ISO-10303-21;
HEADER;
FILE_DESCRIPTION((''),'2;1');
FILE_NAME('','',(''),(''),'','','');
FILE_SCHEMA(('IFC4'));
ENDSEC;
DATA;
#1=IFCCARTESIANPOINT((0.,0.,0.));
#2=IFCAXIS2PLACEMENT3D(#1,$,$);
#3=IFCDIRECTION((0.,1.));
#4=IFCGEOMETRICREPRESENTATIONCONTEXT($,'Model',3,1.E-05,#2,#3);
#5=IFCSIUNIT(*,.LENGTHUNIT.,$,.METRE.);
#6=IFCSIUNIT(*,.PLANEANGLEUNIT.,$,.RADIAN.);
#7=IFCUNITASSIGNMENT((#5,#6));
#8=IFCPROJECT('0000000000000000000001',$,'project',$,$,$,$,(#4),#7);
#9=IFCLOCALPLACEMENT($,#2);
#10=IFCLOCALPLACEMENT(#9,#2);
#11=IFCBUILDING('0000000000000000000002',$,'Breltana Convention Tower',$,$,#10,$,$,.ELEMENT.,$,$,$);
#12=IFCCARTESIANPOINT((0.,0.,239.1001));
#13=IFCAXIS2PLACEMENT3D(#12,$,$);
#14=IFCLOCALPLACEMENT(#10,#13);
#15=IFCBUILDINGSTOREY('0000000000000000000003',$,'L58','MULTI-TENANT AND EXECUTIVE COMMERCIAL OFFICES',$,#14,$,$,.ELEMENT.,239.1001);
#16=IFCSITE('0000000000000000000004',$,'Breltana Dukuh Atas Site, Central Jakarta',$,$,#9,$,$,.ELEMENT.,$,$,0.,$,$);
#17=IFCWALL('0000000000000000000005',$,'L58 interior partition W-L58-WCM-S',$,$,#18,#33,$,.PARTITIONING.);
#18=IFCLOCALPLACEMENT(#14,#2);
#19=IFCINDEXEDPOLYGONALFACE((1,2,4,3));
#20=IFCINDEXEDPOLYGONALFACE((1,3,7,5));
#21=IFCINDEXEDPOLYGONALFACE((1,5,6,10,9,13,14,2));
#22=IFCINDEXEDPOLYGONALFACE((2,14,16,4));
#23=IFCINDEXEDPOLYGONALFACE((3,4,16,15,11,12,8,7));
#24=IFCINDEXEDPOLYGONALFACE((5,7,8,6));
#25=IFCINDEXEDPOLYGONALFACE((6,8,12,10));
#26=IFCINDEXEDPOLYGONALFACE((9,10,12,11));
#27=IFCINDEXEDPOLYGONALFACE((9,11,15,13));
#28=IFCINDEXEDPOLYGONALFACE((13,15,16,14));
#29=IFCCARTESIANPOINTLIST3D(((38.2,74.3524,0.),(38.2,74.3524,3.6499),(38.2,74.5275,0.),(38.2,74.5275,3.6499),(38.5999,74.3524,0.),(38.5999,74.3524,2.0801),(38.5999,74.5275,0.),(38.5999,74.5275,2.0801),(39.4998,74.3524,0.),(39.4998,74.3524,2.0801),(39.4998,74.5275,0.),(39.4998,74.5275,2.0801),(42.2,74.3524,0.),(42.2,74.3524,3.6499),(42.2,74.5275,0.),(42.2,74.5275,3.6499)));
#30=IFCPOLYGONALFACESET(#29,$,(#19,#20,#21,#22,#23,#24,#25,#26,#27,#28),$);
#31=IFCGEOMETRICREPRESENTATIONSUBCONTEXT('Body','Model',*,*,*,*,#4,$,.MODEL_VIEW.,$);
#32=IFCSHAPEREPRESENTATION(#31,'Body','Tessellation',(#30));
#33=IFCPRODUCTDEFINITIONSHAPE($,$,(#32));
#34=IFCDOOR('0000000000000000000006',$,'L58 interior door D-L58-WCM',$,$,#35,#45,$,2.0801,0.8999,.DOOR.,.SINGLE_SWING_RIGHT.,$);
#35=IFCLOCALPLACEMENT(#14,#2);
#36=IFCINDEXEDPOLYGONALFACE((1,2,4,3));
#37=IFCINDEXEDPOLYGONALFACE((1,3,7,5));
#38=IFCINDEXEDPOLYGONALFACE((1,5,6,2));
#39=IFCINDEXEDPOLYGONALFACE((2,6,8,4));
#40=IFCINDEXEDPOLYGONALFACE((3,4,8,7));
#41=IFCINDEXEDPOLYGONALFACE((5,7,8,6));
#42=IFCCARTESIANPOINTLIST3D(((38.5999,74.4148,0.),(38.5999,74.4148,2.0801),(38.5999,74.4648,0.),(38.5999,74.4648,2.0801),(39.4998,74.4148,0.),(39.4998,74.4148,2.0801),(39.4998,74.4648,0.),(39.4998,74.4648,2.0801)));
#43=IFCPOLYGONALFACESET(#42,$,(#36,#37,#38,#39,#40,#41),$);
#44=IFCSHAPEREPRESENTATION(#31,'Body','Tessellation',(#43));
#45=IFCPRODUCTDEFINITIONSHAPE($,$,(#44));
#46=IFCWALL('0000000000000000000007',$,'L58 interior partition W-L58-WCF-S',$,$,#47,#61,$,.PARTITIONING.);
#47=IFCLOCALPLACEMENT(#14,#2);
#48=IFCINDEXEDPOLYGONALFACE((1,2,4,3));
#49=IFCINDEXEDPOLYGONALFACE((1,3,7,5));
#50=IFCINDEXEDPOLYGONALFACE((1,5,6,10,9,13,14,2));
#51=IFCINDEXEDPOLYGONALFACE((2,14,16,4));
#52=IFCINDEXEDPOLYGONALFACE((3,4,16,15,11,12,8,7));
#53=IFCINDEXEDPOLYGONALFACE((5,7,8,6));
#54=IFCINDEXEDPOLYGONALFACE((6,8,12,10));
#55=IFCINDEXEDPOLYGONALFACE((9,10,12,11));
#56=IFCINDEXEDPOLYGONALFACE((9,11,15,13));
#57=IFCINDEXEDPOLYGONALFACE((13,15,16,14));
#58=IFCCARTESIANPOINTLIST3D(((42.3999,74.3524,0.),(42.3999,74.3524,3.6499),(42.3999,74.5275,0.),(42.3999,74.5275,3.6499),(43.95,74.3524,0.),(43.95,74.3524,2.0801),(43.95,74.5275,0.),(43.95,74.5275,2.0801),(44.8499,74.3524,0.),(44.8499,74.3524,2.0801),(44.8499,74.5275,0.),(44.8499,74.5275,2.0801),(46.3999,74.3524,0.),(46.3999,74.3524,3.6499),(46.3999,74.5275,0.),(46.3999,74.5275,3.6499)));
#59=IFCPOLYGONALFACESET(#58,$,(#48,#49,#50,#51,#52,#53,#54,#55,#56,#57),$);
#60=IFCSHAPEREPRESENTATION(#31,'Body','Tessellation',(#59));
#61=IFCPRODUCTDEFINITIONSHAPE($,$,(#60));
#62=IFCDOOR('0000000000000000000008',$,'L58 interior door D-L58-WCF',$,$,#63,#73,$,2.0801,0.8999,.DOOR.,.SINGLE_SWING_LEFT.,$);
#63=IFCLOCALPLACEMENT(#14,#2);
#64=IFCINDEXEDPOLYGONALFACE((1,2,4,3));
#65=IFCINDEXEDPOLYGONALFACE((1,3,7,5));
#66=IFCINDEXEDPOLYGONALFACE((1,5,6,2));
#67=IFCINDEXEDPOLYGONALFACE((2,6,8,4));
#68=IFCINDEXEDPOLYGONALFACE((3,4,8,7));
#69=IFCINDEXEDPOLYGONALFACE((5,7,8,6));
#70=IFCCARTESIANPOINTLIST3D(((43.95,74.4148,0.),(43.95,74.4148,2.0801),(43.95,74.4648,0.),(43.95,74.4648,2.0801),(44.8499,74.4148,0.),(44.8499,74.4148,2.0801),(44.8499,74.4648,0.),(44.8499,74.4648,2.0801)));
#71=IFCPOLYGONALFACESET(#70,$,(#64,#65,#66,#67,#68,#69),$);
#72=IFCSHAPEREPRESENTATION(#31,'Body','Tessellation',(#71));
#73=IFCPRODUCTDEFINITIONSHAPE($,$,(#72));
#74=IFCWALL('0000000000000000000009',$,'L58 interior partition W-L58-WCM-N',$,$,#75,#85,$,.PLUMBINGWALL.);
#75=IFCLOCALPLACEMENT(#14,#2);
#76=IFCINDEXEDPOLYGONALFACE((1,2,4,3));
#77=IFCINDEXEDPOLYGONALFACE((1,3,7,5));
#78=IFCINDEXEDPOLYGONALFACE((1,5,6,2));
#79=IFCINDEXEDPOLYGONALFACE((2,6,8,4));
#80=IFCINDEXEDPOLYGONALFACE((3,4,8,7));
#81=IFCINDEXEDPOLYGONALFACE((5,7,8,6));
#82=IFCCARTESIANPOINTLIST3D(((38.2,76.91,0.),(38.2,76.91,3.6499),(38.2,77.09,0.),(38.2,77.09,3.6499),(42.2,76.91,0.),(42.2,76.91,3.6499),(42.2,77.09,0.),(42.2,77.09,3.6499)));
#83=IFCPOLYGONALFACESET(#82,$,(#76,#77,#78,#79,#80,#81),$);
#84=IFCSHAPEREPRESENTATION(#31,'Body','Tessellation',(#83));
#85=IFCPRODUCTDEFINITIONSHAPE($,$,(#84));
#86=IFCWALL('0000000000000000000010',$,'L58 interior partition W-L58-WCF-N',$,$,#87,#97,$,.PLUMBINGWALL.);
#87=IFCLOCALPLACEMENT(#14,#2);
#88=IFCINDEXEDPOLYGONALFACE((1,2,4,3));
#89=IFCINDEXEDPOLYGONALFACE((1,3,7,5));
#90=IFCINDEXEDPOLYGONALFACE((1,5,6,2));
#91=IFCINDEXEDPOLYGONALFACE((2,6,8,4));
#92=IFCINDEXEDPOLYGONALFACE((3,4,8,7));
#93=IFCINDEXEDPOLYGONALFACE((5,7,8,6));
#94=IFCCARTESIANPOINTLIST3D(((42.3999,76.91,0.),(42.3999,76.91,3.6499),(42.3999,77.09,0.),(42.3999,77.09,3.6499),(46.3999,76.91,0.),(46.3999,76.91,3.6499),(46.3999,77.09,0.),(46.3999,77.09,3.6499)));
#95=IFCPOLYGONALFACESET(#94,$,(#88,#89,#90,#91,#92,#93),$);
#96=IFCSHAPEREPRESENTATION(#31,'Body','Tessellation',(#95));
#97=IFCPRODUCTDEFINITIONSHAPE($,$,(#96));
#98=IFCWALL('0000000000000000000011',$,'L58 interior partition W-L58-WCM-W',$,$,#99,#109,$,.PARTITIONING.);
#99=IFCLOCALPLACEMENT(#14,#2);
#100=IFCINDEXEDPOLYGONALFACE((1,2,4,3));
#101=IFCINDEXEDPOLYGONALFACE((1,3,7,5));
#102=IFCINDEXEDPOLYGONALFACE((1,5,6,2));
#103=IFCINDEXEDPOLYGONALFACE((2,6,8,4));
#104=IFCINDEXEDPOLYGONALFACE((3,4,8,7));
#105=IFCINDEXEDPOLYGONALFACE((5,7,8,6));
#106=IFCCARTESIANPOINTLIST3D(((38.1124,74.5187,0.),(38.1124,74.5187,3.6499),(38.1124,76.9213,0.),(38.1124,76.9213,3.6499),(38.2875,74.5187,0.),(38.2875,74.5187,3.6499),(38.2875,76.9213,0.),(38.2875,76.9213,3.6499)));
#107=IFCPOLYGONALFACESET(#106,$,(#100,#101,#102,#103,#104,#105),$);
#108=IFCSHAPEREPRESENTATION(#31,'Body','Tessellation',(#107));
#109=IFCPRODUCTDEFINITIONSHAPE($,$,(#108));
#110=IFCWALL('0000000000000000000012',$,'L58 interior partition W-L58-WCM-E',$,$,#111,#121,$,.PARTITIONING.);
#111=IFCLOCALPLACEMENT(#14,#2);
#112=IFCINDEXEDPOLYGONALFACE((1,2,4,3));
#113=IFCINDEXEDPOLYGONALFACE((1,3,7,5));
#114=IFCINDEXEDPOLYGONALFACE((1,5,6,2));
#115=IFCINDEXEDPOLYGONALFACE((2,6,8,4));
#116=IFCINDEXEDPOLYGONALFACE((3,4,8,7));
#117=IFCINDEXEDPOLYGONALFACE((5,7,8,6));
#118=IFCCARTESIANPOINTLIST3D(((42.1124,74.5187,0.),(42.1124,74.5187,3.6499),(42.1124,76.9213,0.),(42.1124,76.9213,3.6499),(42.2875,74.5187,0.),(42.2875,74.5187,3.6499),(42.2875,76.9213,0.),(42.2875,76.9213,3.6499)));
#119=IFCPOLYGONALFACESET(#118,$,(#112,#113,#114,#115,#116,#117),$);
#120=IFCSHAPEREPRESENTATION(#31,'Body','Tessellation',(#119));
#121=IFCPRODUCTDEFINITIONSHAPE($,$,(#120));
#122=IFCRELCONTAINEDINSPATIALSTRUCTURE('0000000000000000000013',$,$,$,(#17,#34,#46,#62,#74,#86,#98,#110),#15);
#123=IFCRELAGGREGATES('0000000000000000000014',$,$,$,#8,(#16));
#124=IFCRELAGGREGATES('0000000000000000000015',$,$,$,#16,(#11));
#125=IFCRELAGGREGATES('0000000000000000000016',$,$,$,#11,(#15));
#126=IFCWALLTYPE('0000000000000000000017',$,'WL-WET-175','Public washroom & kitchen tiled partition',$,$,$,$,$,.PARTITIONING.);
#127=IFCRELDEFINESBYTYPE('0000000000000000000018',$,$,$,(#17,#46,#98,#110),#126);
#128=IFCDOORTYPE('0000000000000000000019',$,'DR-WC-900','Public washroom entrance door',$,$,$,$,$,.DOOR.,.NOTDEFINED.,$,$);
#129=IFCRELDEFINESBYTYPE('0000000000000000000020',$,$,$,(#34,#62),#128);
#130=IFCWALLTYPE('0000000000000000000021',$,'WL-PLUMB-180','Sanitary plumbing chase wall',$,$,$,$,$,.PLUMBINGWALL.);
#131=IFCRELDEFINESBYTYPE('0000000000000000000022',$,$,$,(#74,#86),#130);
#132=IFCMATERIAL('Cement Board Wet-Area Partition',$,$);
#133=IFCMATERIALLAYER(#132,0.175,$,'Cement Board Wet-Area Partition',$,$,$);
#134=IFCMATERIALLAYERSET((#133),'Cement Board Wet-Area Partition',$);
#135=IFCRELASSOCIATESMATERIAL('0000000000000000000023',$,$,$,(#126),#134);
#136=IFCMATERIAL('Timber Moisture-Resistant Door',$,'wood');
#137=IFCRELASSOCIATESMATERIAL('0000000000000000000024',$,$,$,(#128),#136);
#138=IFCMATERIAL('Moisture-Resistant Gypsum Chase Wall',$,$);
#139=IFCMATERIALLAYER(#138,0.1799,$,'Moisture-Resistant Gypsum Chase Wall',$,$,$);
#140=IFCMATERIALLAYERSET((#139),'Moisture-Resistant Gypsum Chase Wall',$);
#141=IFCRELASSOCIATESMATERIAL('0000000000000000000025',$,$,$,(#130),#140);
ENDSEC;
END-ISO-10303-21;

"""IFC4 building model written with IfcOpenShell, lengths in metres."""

from ifc_helpers import new_model, si_unit, direction, frame, frame_2d, origin, place, context, subcontext, project, spatial, rectangle, extrude, source, transform, mapped, material, layer, layer_set, type_object, type_shapes, element, fill, save


model = new_model("IFC4")

# Units and contexts
model_context = context("Model", 3, precision=1e-05, world=origin(), true_north=direction((0.0, 1.0)))
body_context = subcontext(model_context, "Body", "Model", "MODEL_VIEW")
ifc_project = project(units=[si_unit("LENGTHUNIT", "METRE"), si_unit("PLANEANGLEUNIT", "RADIAN")], contexts=[model_context])

# Site, building, storey
site_placement = place(None, origin())
site = spatial("IfcSite", under=ifc_project, at=site_placement, Name="Breltana Dukuh Atas Site, Central Jakarta", CompositionType="ELEMENT", RefElevation=0.0)
building_placement = place(site_placement, origin())
building = spatial("IfcBuilding", under=site, at=building_placement, Name="Breltana Convention Tower", CompositionType="ELEMENT")
storey_placement = place(building_placement, frame((0.0, 0.0, 239.1001)))
storey = spatial("IfcBuildingStorey", under=building, at=storey_placement, Name="L58", Description="MULTI-TENANT AND EXECUTIVE COMMERCIAL OFFICES", CompositionType="ELEMENT", Elevation=239.1001)

# Walls, openings, doors
ifc_material_1 = material(Name="Cement Board Wet-Area Partition")
ifc_layer_1 = layer(ifc_material_1, 0.175, Name="Cement Board Wet-Area Partition")
ifc_layer_set_1 = layer_set([ifc_layer_1], Name="Cement Board Wet-Area Partition")
wall_type_1 = type_object("IfcWallType", Name="WL-WET-175", Description="Public washroom & kitchen tiled partition", PredefinedType="PARTITIONING", material=ifc_layer_set_1)
shared_shape_1 = source(origin(), body_context, "Body", "SweptSolid", [
    extrude(rectangle(XDim=4.0, YDim=0.175, at=frame_2d((2.0, 0.0))), origin(), (0.0, 0.0, 1.0), 3.6499),
])
wall_1_placement = place(storey_placement, frame((38.2, 74.4399, 0.0), z_axis=(0.0, 0.0, 1.0), x_axis=(1.0, 0.0, 0.0)))
wall_1 = element("IfcWall", 1, at=wall_1_placement, inside=storey, type_object=wall_type_1, Name="L58 interior partition W-L58-WCM-S", PredefinedType="PARTITIONING", context=body_context, shape_type="MappedRepresentation", body=[
    mapped(shared_shape_1, transform((0.0, 0.0, 0.0), scale=1.0)),
])
opening_1_placement = place(wall_1_placement, frame((0.3999, 0.0, 0.0)))
opening_1 = element("IfcOpeningElement", 2, at=opening_1_placement, cuts=wall_1, PredefinedType="OPENING", context=body_context, shape_type="SweptSolid", body=[
    extrude(rectangle(XDim=0.8999, YDim=2.0801, at=frame_2d((0.45, 1.04))), frame((0.0, 0.0977, 0.0), z_axis=(0.0, -1.0, 0.0), x_axis=(1.0, 0.0, 0.0)), (0.0, 0.0, 1.0), 0.1951),
])
ifc_material_2 = material(Name="Timber Moisture-Resistant Door", Category="wood")
door_type_1 = type_object("IfcDoorType", Name="DR-WC-900", Description="Public washroom entrance door", OperationType="NOTDEFINED", PredefinedType="DOOR", material=ifc_material_2)
shared_shape_2 = source(origin(), body_context, "Body", "SweptSolid", [
    extrude(rectangle(XDim=0.8999, YDim=2.0801, at=frame_2d((0.45, 1.04))), frame((0.0, 0.0249, 0.0), z_axis=(0.0, -1.0, 0.0), x_axis=(1.0, 0.0, 0.0)), (0.0, 0.0, 1.0), 0.05),
])
type_shapes(door_type_1, [shared_shape_2])
door_1_placement = place(opening_1_placement, origin())
door_1 = element("IfcDoor", 3, at=door_1_placement, inside=storey, type_object=door_type_1, Name="L58 interior door D-L58-WCM", OperationType="SINGLE_SWING_RIGHT", OverallHeight=2.0801, OverallWidth=0.8999, PredefinedType="DOOR", context=body_context, shape_type="MappedRepresentation", body=[
    mapped(shared_shape_2, transform((0.0, 0.0, 0.0), scale=1.0)),
])
fill(opening_1, door_1)
wall_2_placement = place(storey_placement, frame((42.3999, 74.4399, 0.0), z_axis=(0.0, 0.0, 1.0), x_axis=(1.0, 0.0, 0.0)))
wall_2 = element("IfcWall", 4, at=wall_2_placement, inside=storey, type_object=wall_type_1, Name="L58 interior partition W-L58-WCF-S", PredefinedType="PARTITIONING", context=body_context, shape_type="MappedRepresentation", body=[
    mapped(shared_shape_1, transform((0.0, 0.0, 0.0), scale=1.0)),
])
opening_2_placement = place(wall_2_placement, frame((1.55, 0.0, 0.0)))
opening_2 = element("IfcOpeningElement", 5, at=opening_2_placement, cuts=wall_2, PredefinedType="OPENING", context=body_context, shape_type="SweptSolid", body=[
    extrude(rectangle(XDim=0.8999, YDim=2.0801, at=frame_2d((0.45, 1.04))), frame((0.0, 0.0977, 0.0), z_axis=(0.0, -1.0, 0.0), x_axis=(1.0, 0.0, 0.0)), (0.0, 0.0, 1.0), 0.1951),
])
door_2_placement = place(opening_2_placement, origin())
door_2 = element("IfcDoor", 6, at=door_2_placement, inside=storey, type_object=door_type_1, Name="L58 interior door D-L58-WCF", OperationType="SINGLE_SWING_LEFT", OverallHeight=2.0801, OverallWidth=0.8999, PredefinedType="DOOR", context=body_context, shape_type="MappedRepresentation", body=[
    mapped(shared_shape_2, transform((0.0, 0.0, 0.0), scale=1.0)),
])
fill(opening_2, door_2)

# Walls
ifc_material_3 = material(Name="Moisture-Resistant Gypsum Chase Wall")
ifc_layer_2 = layer(ifc_material_3, 0.1799, Name="Moisture-Resistant Gypsum Chase Wall")
ifc_layer_set_2 = layer_set([ifc_layer_2], Name="Moisture-Resistant Gypsum Chase Wall")
wall_type_2 = type_object("IfcWallType", Name="WL-PLUMB-180", Description="Sanitary plumbing chase wall", PredefinedType="PLUMBINGWALL", material=ifc_layer_set_2)
shared_shape_3 = source(origin(), body_context, "Body", "SweptSolid", [
    extrude(rectangle(XDim=4.0, YDim=0.1799, at=frame_2d((2.0, 0.0))), origin(), (0.0, 0.0, 1.0), 3.6499),
])
for number, where, z_axis, x_axis, name in (
    (7, (38.2, 77.0, 0.0), (0.0, 0.0, 1.0), (1.0, 0.0, 0.0), "L58 interior partition W-L58-WCM-N"),
    (8, (42.3999, 77.0, 0.0), (0.0, 0.0, 1.0), (1.0, 0.0, 0.0), "L58 interior partition W-L58-WCF-N"),
):
    element("IfcWall", number, at=place(storey_placement, frame(where, z_axis=z_axis, x_axis=x_axis)), inside=storey, type_object=wall_type_2, Name=name, PredefinedType="PLUMBINGWALL", context=body_context, shape_type="MappedRepresentation", body=[
        mapped(shared_shape_3, transform((0.0, 0.0, 0.0), scale=1.0)),
    ])
shared_shape_4 = source(origin(), body_context, "Body", "SweptSolid", [
    extrude(rectangle(XDim=2.4026, YDim=0.175, at=frame_2d((1.2012, 0.0))), origin(), (0.0, 0.0, 1.0), 3.6499),
])
for number, where, z_axis, x_axis, name in (
    (9, (38.2, 74.5188, 0.0), (0.0, 0.0, 1.0), (0.0, 1.0, 0.0), "L58 interior partition W-L58-WCM-W"),
    (10, (42.2, 74.5188, 0.0), (0.0, 0.0, 1.0), (0.0, 1.0, 0.0), "L58 interior partition W-L58-WCM-E"),
):
    element("IfcWall", number, at=place(storey_placement, frame(where, z_axis=z_axis, x_axis=x_axis)), inside=storey, type_object=wall_type_1, Name=name, PredefinedType="PARTITIONING", context=body_context, shape_type="MappedRepresentation", body=[
        mapped(shared_shape_4, transform((0.0, 0.0, 0.0), scale=1.0)),
    ])

save(model, "model.ifc")
